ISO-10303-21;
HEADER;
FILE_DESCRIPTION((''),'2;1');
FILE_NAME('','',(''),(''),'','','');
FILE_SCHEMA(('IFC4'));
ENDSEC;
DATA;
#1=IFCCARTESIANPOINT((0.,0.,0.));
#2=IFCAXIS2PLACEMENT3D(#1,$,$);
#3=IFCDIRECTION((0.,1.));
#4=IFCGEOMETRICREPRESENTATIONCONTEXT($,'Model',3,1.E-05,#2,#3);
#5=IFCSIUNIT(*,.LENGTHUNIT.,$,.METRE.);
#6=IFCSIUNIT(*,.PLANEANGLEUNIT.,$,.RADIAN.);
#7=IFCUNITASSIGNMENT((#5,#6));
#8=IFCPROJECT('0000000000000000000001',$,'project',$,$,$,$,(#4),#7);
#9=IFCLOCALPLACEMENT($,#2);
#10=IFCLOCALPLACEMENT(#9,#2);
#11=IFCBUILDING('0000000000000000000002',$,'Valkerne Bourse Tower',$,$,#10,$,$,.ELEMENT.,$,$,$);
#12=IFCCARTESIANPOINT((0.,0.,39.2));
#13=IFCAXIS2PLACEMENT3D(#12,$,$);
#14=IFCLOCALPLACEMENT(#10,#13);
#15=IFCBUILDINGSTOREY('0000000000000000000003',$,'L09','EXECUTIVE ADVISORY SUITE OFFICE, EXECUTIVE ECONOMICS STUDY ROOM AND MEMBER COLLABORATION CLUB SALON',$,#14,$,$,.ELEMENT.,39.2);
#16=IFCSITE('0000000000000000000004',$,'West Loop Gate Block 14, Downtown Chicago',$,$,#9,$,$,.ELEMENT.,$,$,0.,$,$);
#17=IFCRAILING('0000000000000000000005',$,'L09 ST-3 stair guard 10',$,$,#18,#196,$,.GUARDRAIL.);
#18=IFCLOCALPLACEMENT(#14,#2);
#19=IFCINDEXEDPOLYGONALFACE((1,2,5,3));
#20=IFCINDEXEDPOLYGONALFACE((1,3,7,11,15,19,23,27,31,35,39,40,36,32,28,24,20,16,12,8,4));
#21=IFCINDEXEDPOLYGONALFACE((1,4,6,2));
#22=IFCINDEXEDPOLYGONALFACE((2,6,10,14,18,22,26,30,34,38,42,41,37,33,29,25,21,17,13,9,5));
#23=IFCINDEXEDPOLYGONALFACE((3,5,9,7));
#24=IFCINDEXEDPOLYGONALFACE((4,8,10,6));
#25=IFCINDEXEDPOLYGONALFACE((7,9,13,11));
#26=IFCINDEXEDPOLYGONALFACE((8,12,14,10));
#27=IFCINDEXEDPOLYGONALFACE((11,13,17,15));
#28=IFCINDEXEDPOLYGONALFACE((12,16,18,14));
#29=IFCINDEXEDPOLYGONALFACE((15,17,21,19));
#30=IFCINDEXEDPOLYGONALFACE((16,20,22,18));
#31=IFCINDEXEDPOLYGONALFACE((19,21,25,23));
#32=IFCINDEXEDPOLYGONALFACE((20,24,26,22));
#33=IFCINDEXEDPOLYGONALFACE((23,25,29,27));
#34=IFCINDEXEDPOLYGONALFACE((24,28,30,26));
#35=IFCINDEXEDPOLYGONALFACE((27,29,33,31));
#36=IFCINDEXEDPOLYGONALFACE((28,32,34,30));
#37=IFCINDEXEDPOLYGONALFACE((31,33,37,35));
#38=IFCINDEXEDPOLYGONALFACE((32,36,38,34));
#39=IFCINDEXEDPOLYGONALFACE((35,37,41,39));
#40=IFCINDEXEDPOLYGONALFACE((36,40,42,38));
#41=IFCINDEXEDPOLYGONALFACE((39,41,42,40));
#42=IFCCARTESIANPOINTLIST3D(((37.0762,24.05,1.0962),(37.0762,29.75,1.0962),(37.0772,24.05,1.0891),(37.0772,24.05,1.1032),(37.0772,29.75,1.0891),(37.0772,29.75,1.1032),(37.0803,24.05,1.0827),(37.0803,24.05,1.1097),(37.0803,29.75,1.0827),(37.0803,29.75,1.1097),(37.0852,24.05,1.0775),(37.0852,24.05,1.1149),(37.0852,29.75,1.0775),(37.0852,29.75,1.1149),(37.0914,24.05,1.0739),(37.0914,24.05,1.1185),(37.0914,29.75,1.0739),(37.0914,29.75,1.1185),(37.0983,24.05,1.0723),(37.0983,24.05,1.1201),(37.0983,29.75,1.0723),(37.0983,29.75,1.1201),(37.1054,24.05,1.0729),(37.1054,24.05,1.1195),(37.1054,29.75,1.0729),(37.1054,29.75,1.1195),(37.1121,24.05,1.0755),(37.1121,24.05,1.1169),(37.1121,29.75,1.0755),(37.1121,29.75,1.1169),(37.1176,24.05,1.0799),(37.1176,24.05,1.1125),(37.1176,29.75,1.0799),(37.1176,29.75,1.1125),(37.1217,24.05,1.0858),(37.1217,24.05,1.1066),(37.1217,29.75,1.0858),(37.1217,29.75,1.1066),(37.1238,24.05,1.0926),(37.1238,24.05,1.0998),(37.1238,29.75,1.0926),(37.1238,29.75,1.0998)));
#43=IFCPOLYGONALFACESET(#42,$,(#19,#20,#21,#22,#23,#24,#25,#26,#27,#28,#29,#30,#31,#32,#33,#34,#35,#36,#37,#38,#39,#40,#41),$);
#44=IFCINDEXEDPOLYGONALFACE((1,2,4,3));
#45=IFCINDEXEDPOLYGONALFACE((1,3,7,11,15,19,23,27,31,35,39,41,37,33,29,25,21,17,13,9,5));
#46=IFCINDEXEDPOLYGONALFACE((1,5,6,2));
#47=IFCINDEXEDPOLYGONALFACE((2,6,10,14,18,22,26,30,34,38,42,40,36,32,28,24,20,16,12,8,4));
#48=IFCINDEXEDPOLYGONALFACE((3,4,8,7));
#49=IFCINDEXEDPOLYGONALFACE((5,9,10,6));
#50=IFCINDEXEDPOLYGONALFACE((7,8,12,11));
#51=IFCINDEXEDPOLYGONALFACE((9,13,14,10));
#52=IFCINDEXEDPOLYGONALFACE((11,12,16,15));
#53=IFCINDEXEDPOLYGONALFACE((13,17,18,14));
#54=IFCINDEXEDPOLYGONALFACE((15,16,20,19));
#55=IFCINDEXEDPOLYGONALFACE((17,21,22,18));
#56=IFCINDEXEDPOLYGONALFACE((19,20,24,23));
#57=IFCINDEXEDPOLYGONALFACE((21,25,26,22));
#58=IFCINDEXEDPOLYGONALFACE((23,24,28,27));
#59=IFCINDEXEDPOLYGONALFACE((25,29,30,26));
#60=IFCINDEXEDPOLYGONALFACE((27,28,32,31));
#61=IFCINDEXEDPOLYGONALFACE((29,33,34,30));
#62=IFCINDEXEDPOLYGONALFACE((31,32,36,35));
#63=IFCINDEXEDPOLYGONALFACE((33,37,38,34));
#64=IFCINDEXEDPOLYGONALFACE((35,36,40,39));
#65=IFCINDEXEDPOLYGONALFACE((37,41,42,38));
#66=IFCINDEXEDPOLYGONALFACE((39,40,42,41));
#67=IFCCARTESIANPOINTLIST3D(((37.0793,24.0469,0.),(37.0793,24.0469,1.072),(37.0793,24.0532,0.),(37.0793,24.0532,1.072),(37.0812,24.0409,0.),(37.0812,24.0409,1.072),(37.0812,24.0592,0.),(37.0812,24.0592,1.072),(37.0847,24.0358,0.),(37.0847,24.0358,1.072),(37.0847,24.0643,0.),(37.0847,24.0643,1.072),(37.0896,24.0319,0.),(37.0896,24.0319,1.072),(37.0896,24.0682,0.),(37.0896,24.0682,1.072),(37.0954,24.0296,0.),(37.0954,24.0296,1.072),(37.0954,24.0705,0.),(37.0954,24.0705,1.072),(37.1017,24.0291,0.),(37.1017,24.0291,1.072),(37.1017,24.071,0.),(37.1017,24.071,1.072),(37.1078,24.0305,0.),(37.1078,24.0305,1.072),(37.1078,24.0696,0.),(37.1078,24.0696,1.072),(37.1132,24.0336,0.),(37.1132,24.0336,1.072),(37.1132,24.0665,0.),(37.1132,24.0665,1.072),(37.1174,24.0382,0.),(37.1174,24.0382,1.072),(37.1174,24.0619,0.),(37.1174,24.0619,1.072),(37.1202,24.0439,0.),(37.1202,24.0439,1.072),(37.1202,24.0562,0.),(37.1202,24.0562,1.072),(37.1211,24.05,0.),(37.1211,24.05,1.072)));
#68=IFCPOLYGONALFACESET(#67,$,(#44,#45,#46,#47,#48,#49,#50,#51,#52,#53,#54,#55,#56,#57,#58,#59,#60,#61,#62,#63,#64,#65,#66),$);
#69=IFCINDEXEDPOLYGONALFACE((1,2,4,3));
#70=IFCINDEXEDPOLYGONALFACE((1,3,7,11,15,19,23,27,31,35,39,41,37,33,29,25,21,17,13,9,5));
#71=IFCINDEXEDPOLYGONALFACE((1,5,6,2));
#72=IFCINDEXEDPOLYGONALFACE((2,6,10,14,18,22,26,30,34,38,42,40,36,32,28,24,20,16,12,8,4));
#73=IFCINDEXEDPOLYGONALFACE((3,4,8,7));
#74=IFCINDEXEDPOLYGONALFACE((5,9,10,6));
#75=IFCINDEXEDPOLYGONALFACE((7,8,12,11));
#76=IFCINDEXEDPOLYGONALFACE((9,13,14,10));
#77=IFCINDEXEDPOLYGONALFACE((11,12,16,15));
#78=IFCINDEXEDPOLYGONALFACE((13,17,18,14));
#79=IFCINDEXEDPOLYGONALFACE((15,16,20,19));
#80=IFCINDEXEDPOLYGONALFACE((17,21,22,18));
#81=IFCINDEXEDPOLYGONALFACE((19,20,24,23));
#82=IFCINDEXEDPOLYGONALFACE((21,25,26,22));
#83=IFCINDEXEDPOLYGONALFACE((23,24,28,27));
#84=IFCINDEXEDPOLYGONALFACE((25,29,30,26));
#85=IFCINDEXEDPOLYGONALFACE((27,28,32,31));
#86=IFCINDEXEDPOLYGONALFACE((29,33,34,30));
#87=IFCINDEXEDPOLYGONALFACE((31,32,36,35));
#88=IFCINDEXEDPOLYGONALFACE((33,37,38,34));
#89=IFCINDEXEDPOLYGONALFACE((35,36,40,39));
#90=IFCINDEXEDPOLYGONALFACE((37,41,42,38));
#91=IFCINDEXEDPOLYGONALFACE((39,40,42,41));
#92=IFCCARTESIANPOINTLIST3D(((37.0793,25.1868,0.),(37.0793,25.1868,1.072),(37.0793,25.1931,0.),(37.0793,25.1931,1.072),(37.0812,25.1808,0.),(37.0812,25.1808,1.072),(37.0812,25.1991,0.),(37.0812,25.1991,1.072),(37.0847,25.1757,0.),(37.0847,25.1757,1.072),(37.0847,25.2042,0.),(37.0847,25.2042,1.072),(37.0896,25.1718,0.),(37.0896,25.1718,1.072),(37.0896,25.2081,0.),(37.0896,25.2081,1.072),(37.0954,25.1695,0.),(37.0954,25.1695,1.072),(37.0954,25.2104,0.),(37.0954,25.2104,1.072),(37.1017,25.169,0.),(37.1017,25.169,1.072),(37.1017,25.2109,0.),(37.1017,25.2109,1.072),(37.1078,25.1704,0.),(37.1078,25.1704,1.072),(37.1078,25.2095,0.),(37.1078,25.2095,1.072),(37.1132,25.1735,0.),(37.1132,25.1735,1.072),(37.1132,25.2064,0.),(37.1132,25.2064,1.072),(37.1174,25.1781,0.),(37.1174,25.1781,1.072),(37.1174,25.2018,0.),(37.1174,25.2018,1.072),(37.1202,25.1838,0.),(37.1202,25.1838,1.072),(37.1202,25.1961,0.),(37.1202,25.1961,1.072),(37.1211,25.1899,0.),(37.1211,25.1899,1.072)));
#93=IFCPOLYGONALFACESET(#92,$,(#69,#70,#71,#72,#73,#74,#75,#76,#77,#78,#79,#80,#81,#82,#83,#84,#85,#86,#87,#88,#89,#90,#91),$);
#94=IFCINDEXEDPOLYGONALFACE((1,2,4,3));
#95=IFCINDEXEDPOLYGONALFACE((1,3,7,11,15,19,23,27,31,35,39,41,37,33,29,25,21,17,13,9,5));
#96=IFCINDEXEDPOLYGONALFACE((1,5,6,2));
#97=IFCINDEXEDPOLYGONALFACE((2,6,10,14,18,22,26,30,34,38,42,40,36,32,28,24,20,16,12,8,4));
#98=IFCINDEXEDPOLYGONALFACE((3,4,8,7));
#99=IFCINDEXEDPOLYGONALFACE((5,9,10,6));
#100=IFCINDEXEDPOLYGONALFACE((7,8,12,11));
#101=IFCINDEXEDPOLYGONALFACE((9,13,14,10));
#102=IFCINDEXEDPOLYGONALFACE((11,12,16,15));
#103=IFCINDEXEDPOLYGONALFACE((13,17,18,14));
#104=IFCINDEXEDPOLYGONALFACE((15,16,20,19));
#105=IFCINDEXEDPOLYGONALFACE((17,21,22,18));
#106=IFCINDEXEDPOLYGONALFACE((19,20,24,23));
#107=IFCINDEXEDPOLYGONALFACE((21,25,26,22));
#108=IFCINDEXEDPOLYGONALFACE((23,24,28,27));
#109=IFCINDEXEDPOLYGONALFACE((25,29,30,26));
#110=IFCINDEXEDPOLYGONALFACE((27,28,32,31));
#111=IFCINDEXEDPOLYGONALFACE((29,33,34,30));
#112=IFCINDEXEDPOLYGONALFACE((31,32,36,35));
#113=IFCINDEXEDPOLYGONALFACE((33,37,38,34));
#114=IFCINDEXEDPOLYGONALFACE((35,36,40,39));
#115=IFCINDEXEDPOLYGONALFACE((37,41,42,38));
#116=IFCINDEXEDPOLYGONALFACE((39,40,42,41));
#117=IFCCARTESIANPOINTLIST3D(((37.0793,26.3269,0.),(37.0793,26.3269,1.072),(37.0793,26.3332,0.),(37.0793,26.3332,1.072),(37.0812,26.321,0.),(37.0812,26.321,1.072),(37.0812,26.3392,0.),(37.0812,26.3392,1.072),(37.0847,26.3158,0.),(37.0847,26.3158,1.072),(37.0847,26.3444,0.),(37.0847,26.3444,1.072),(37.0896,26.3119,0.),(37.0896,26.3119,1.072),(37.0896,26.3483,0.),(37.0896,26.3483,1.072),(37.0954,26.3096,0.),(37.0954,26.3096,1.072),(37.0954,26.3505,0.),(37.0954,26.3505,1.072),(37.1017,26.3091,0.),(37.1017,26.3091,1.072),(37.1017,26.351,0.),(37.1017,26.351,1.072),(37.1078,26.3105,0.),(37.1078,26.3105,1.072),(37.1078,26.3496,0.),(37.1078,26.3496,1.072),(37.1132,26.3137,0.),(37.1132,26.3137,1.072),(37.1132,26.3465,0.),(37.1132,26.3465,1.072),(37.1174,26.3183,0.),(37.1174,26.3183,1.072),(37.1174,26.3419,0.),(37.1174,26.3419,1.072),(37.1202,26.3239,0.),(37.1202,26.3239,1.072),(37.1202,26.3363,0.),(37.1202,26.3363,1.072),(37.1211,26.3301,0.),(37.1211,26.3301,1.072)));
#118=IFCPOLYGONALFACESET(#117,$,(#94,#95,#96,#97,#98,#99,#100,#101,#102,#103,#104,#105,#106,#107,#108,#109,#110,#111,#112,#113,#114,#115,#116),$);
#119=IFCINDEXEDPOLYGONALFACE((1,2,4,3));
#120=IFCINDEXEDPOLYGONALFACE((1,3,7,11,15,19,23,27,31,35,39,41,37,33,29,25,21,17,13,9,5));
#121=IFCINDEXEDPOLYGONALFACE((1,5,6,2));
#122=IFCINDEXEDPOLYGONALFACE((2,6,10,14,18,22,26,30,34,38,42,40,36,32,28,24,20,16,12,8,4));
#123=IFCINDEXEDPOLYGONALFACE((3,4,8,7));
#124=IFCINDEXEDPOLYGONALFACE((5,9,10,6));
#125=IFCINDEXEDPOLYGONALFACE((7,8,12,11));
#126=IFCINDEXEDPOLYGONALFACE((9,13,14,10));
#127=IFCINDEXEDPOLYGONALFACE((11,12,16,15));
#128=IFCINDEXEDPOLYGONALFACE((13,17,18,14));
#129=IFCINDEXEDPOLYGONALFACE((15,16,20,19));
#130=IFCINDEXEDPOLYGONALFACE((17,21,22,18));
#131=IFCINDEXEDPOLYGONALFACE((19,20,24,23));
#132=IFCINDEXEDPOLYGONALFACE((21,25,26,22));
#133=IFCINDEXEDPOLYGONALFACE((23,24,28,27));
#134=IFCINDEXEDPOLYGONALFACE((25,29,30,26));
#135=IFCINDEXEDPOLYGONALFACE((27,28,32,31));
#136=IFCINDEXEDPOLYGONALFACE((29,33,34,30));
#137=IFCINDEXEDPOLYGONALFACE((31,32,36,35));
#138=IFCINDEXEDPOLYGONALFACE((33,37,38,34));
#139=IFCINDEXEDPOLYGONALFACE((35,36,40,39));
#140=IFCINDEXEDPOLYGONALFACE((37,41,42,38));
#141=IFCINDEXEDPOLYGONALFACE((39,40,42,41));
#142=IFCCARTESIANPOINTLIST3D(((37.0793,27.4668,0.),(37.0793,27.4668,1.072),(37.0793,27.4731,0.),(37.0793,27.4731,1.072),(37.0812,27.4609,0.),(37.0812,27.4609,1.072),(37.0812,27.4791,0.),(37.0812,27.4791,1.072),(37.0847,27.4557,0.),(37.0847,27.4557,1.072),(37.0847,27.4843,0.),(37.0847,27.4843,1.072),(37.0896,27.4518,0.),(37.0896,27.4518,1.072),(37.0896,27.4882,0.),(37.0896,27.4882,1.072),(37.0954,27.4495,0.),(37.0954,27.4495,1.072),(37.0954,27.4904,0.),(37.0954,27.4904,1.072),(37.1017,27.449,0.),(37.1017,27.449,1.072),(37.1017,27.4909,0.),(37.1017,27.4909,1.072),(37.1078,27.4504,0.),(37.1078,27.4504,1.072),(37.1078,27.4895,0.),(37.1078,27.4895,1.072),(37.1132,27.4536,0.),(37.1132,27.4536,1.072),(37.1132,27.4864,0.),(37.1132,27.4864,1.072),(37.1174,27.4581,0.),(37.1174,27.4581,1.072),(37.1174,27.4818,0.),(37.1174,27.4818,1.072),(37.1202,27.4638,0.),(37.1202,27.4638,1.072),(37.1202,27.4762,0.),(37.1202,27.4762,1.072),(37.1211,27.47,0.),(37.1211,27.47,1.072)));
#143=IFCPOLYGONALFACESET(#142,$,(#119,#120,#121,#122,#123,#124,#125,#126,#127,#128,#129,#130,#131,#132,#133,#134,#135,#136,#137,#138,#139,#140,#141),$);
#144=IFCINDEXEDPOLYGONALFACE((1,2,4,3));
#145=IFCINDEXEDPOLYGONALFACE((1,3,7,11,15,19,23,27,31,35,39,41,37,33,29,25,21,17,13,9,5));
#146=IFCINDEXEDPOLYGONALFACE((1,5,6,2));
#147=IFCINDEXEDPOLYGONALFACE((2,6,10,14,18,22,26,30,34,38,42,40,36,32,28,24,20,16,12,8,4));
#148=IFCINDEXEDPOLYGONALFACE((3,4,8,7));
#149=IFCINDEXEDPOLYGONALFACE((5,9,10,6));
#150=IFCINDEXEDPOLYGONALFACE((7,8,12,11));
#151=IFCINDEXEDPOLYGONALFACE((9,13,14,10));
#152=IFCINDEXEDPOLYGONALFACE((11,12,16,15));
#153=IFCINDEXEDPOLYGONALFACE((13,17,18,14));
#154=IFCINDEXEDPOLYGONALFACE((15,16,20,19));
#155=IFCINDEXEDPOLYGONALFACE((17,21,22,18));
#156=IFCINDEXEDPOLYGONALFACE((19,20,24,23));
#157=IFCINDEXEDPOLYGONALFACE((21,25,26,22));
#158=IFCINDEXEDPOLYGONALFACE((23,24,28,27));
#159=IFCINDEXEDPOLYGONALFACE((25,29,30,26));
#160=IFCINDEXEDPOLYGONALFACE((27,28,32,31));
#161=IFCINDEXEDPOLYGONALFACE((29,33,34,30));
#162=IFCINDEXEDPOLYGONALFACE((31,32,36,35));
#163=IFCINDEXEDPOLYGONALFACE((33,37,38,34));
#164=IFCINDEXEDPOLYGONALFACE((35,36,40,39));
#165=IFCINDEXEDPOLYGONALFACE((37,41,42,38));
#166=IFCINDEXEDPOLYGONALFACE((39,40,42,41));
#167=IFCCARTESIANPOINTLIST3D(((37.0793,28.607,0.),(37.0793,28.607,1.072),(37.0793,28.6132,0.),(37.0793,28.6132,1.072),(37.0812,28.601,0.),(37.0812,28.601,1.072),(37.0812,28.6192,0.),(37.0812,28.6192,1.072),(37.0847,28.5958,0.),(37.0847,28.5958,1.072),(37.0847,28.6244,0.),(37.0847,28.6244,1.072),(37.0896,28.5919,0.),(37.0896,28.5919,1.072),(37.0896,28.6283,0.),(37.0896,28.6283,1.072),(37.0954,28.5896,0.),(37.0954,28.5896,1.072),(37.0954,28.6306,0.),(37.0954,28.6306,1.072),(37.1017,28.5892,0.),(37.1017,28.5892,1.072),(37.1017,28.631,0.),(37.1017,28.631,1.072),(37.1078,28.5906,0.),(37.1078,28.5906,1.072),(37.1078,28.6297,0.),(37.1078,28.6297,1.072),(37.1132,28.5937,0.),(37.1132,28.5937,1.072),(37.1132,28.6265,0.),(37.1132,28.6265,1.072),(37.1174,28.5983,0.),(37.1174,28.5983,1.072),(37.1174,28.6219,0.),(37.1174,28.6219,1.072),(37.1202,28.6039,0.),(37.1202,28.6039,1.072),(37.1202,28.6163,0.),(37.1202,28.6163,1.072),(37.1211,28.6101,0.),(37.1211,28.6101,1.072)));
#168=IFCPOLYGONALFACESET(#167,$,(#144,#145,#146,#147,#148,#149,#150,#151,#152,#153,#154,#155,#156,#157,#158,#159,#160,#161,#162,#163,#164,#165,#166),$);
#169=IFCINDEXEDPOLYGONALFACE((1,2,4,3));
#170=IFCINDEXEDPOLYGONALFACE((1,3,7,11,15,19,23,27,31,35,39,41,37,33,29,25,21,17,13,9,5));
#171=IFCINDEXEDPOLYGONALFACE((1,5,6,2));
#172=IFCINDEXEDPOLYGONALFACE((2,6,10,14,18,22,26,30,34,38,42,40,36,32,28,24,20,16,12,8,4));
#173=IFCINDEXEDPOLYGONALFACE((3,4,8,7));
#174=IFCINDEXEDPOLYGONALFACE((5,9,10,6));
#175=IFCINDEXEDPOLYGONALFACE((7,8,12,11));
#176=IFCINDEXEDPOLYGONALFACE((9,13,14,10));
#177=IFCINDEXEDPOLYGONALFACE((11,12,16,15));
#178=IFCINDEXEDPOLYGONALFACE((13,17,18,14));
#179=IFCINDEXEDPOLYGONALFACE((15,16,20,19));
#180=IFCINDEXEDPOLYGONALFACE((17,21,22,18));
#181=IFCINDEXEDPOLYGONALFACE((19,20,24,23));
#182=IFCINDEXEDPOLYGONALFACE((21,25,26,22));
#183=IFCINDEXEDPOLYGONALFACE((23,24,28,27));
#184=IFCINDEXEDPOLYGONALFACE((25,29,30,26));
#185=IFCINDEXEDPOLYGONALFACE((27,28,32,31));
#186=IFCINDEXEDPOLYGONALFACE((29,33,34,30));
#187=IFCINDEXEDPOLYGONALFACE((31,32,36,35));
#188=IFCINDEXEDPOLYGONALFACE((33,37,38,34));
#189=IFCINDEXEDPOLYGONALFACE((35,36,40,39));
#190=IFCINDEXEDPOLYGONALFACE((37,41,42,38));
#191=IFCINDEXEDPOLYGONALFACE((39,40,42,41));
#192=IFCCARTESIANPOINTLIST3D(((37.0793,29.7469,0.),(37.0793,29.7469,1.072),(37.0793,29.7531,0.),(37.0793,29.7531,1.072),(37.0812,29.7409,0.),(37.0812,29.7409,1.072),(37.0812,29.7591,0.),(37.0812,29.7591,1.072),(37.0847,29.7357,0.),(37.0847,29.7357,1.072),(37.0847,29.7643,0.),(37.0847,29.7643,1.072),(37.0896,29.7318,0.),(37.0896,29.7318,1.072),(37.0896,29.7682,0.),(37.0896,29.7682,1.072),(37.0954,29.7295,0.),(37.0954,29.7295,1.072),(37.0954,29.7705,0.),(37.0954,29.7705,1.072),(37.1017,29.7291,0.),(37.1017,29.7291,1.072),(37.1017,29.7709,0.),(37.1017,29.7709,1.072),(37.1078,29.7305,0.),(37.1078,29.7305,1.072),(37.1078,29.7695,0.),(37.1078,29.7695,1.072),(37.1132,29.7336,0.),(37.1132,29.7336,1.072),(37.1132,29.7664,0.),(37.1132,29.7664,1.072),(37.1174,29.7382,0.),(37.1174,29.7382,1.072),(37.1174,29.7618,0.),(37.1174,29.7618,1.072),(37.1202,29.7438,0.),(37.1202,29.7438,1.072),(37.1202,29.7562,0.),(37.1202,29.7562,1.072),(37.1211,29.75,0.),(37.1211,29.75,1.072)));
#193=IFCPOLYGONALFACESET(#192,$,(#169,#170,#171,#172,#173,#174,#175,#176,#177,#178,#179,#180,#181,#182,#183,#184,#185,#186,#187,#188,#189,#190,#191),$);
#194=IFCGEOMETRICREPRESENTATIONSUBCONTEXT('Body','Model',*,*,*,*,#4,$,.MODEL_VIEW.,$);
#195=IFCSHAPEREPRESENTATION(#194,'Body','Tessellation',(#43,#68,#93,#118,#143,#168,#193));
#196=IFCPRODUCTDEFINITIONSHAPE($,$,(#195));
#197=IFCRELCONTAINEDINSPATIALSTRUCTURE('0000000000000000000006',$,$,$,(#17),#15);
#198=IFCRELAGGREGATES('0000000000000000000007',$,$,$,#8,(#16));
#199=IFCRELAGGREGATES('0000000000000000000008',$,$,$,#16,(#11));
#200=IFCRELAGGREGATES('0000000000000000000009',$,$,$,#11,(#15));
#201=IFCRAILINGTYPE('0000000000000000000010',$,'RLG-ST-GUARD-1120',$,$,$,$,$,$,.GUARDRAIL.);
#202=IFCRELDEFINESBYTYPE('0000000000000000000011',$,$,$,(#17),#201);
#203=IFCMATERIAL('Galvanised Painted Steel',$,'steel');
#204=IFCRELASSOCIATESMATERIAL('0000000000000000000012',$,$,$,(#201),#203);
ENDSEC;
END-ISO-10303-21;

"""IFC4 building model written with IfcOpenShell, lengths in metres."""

from ifc_helpers import new_model, si_unit, direction, frame, origin, origin_2d, place, context, subcontext, project, spatial, circle, extrude, material, type_object, element, save


model = new_model("IFC4")

# Units and contexts
model_context = context("Model", 3, precision=1e-05, world=origin(), true_north=direction((0.0, 1.0)))
body_context = subcontext(model_context, "Body", "Model", "MODEL_VIEW")
ifc_project = project(units=[si_unit("LENGTHUNIT", "METRE"), si_unit("PLANEANGLEUNIT", "RADIAN")], contexts=[model_context])

# Site, building, storey
site_placement = place(None, origin())
site = spatial("IfcSite", under=ifc_project, at=site_placement, Name="West Loop Gate Block 14, Downtown Chicago", CompositionType="ELEMENT", RefElevation=0.0)
building_placement = place(site_placement, origin())
building = spatial("IfcBuilding", under=site, at=building_placement, Name="Valkerne Bourse Tower", CompositionType="ELEMENT")
storey_placement = place(building_placement, frame((0.0, 0.0, 39.2)))
storey = spatial("IfcBuildingStorey", under=building, at=storey_placement, Name="L09", Description="EXECUTIVE ADVISORY SUITE OFFICE, EXECUTIVE ECONOMICS STUDY ROOM AND MEMBER COLLABORATION CLUB SALON", CompositionType="ELEMENT", Elevation=39.2)

# Shared definitions
ifc_material_1 = material(Name="Galvanised Painted Steel", Category="steel")

# Railing
railing_type_1 = type_object("IfcRailingType", Name="RLG-ST-GUARD-1120", PredefinedType="GUARDRAIL", material=ifc_material_1)
railing_1_placement = place(storey_placement, frame((37.1001, 24.05, 0.0)))
element("IfcRailing", 1, at=railing_1_placement, inside=storey, type_object=railing_type_1, Name="L09 ST-3 stair guard 10", PredefinedType="GUARDRAIL", context=body_context, shape_type="SweptSolid", body=[
    extrude(circle(Radius=0.0239, at=origin_2d()), frame((0.0, 0.0, 1.0962), z_axis=(0.0, 1.0, 0.0), x_axis=(-1.0, 0.0, 0.0)), (0.0, 0.0, 1.0), 5.7),
    extrude(circle(Radius=0.021, at=origin_2d()), origin(), (0.0, 0.0, 1.0), 1.072),
    extrude(circle(Radius=0.021, at=origin_2d()), frame((0.0, 1.1399, 0.0)), (0.0, 0.0, 1.0), 1.072),
    extrude(circle(Radius=0.021, at=origin_2d()), frame((0.0, 2.28, 0.0)), (0.0, 0.0, 1.0), 1.072),
    extrude(circle(Radius=0.021, at=origin_2d()), frame((0.0, 3.4199, 0.0)), (0.0, 0.0, 1.0), 1.072),
    extrude(circle(Radius=0.021, at=origin_2d()), frame((0.0, 4.5601, 0.0)), (0.0, 0.0, 1.0), 1.072),
    extrude(circle(Radius=0.021, at=origin_2d()), frame((0.0, 5.7, 0.0)), (0.0, 0.0, 1.0), 1.072),
])

save(model, "model.ifc")
